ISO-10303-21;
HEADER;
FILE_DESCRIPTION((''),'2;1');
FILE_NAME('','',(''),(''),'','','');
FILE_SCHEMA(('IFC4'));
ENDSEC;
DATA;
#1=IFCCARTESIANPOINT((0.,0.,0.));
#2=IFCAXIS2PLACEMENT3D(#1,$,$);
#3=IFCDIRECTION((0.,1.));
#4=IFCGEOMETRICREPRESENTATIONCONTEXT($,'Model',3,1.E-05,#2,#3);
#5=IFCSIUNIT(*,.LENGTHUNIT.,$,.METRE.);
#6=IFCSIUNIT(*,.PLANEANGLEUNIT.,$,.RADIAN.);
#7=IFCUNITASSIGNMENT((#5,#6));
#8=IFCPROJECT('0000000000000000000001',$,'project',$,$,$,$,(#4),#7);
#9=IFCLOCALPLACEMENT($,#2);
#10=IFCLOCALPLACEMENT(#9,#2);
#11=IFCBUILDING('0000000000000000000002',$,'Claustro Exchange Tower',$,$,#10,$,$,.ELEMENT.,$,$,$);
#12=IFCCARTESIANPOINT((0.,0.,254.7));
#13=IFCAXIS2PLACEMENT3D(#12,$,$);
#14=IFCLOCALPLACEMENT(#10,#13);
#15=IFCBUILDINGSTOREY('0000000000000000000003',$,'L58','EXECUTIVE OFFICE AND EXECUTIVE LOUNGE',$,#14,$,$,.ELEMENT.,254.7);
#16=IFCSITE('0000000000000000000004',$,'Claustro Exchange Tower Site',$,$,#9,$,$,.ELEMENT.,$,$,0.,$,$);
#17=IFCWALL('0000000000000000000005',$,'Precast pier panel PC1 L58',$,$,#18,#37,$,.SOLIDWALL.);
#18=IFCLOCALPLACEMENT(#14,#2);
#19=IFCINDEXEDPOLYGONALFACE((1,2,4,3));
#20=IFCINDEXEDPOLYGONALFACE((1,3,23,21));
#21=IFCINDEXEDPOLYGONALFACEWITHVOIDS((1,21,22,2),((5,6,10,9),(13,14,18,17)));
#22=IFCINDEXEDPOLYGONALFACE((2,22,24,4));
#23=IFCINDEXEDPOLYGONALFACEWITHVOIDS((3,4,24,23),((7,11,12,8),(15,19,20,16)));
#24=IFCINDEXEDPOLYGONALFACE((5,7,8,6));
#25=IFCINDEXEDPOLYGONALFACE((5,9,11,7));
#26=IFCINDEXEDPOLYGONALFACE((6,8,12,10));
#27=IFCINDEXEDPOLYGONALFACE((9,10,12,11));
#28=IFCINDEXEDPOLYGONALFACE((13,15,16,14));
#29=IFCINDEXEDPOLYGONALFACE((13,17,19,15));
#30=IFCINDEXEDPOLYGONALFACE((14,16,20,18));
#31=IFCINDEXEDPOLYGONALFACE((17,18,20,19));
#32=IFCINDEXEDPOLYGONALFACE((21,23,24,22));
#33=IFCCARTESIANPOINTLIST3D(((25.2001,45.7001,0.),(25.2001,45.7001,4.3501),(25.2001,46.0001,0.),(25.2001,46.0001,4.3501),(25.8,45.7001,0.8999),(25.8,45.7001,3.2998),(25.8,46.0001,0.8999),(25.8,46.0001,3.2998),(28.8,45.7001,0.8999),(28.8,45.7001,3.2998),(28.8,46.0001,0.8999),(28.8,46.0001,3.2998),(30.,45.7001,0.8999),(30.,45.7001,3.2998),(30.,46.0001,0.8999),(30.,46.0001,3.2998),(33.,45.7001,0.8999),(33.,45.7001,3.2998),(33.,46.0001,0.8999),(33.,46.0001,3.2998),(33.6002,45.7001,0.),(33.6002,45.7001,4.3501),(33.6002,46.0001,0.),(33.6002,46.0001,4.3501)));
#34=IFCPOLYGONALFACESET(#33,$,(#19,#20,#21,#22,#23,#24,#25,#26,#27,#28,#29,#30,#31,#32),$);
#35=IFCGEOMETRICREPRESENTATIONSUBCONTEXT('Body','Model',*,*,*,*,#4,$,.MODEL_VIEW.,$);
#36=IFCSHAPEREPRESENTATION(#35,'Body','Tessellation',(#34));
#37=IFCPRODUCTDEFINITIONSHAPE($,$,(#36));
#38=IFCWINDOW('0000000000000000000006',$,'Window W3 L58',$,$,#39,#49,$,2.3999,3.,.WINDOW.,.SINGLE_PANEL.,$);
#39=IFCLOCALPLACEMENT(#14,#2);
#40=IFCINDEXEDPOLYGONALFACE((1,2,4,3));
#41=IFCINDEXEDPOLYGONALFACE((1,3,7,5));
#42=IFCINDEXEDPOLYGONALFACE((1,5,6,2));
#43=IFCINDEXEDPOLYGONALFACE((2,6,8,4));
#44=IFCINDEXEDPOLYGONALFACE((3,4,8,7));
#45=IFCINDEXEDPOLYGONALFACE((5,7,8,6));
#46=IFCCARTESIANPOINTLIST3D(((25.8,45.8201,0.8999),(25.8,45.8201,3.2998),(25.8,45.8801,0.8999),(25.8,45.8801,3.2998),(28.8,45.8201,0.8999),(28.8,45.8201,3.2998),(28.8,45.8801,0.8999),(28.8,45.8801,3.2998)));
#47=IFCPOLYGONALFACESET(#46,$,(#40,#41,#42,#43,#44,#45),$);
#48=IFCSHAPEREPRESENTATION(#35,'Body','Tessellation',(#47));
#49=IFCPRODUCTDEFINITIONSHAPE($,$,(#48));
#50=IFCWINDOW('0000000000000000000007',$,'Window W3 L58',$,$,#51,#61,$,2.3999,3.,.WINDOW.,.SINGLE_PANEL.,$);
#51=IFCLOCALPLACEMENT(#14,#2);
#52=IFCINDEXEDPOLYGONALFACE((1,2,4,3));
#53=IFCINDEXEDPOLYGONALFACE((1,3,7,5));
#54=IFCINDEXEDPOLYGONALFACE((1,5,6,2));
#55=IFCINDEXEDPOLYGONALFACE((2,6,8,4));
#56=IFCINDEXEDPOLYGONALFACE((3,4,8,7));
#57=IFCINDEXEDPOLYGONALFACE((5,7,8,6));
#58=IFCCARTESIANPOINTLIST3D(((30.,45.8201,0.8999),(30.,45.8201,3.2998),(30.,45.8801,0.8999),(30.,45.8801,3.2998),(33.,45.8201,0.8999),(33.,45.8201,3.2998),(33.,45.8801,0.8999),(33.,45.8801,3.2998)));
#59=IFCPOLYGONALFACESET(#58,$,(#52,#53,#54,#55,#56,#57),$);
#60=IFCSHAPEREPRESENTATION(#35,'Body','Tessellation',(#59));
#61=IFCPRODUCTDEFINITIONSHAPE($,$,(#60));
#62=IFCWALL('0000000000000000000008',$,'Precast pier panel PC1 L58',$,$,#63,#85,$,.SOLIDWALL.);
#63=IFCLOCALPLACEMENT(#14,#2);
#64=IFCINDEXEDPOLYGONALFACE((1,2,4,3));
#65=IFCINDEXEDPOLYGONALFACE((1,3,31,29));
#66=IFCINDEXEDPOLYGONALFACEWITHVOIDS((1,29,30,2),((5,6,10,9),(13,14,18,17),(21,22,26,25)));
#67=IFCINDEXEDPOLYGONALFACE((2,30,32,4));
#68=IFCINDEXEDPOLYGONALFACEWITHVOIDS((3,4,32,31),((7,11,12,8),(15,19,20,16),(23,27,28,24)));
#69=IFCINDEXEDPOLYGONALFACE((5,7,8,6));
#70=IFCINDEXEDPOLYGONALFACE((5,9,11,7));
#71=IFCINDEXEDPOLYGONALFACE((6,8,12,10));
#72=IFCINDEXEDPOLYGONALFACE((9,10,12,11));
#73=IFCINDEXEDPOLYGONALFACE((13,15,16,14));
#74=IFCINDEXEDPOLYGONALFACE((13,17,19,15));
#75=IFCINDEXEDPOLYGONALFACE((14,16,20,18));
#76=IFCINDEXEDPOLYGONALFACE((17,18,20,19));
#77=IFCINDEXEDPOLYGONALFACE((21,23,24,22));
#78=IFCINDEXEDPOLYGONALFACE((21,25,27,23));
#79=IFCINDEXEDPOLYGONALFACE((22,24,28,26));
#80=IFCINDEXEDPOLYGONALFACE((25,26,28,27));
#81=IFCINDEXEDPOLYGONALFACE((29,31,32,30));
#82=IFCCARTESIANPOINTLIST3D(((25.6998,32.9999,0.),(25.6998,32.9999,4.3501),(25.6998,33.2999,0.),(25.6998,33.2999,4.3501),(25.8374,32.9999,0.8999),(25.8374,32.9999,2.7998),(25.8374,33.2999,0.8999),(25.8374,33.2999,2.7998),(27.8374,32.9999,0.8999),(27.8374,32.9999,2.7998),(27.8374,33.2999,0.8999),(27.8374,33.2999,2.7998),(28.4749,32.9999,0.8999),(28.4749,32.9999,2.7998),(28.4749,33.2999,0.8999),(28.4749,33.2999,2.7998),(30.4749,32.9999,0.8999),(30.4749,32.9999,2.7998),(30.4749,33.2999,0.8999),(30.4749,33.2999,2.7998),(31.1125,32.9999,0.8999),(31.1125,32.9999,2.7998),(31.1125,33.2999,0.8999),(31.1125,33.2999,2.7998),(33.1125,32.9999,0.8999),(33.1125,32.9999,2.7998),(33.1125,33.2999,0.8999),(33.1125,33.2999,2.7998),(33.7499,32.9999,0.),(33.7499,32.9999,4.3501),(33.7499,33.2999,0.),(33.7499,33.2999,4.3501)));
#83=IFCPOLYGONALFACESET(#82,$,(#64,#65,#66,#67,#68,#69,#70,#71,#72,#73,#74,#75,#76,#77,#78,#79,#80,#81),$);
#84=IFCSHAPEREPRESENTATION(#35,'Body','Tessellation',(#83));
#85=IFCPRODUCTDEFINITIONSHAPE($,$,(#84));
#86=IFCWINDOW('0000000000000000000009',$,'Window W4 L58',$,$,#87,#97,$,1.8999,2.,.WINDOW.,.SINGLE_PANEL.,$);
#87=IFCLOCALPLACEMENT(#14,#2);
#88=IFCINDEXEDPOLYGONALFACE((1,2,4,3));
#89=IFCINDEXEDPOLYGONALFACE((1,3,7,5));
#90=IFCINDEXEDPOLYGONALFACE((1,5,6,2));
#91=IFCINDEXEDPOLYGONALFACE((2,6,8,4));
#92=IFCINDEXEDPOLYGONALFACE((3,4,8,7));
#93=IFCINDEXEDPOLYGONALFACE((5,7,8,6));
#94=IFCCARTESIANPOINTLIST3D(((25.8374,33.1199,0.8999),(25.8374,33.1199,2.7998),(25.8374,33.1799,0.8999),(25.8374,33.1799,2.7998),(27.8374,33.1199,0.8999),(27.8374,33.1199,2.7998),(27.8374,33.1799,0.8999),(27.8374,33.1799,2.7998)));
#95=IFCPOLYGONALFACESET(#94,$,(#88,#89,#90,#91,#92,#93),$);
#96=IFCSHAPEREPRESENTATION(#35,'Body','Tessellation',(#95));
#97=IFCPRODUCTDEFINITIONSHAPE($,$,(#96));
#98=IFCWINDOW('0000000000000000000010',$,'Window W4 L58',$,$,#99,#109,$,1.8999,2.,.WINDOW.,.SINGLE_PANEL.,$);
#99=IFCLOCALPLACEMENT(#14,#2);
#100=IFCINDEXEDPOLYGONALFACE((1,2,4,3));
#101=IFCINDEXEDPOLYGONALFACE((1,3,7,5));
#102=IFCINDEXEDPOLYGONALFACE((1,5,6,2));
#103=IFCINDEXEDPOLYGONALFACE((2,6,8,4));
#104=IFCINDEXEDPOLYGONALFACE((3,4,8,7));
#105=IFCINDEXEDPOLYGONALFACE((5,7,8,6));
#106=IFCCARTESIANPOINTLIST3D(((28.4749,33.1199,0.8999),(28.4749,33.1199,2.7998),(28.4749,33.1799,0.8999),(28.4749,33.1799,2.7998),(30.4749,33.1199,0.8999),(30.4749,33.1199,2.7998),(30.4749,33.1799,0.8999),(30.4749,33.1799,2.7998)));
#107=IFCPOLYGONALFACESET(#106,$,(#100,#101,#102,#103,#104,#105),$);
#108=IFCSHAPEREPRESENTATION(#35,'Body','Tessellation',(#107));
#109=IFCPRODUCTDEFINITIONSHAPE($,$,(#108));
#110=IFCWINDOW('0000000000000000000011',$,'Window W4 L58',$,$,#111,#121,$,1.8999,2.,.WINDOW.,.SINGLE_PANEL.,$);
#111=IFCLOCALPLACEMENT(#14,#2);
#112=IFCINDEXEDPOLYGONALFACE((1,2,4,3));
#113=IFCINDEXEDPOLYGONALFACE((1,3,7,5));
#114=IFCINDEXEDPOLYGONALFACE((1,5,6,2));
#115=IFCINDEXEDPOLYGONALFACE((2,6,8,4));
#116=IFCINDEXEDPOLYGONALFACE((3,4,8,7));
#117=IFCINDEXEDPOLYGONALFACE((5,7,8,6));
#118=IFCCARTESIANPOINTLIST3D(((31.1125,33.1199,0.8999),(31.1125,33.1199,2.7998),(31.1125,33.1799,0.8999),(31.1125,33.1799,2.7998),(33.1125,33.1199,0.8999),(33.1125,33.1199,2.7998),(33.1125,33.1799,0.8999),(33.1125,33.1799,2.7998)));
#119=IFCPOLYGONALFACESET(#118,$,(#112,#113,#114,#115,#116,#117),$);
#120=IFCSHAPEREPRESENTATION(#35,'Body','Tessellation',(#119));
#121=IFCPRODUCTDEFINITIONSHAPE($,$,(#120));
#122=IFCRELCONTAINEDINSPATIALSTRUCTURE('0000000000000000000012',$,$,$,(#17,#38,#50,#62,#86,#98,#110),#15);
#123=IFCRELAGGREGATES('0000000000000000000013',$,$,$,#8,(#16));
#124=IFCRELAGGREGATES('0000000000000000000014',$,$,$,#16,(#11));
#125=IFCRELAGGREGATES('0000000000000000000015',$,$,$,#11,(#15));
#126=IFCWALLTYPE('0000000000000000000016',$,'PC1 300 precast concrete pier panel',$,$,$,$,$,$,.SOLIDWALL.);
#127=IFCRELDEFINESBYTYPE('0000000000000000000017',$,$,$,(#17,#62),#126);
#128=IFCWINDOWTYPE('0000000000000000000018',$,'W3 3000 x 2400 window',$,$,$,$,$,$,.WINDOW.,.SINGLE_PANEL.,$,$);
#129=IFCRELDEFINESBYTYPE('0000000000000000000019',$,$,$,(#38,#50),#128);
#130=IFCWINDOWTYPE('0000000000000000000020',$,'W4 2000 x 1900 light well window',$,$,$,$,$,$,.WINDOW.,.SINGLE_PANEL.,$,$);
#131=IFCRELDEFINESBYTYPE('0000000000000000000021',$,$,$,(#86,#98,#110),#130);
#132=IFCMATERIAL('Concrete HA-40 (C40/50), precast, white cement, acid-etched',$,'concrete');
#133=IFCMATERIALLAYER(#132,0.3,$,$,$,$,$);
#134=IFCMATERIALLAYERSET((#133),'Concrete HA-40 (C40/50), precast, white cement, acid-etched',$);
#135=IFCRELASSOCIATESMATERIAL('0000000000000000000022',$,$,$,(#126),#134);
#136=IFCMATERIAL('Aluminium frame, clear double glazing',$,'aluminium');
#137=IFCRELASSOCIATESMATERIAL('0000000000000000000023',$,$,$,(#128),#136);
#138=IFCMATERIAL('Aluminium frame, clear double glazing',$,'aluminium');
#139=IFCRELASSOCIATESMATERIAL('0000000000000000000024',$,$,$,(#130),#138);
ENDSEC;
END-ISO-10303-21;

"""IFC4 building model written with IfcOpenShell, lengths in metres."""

from ifc_helpers import new_model, si_unit, direction, frame, frame_2d, origin, place, context, subcontext, project, spatial, rectangle, extrude, material, layer, layer_set, type_object, element, fill, save


model = new_model("IFC4")

# Units and contexts
model_context = context("Model", 3, precision=1e-05, world=origin(), true_north=direction((0.0, 1.0)))
body_context = subcontext(model_context, "Body", "Model", "MODEL_VIEW")
ifc_project = project(units=[si_unit("LENGTHUNIT", "METRE"), si_unit("PLANEANGLEUNIT", "RADIAN")], contexts=[model_context])

# Site, building, storey
site_placement = place(None, origin())
site = spatial("IfcSite", under=ifc_project, at=site_placement, Name="Claustro Exchange Tower Site", CompositionType="ELEMENT", RefElevation=0.0)
building_placement = place(site_placement, origin())
building = spatial("IfcBuilding", under=site, at=building_placement, Name="Claustro Exchange Tower", CompositionType="ELEMENT")
storey_placement = place(building_placement, frame((0.0, 0.0, 254.7)))
storey = spatial("IfcBuildingStorey", under=building, at=storey_placement, Name="L58", Description="EXECUTIVE OFFICE AND EXECUTIVE LOUNGE", CompositionType="ELEMENT", Elevation=254.7)

# Walls, openings, windows
ifc_material_1 = material(Name="Concrete HA-40 (C40/50), precast, white cement, acid-etched", Category="concrete")
ifc_layer_1 = layer(ifc_material_1, 0.3)
ifc_layer_set_1 = layer_set([ifc_layer_1], Name="Concrete HA-40 (C40/50), precast, white cement, acid-etched")
wall_type_1 = type_object("IfcWallType", Name="PC1 300 precast concrete pier panel", PredefinedType="SOLIDWALL", material=ifc_layer_set_1)
wall_1_placement = place(storey_placement, frame((25.2, 45.8501, 0.0), z_axis=(0.0, 0.0, 1.0), x_axis=(1.0, 0.0, 0.0)))
wall_1 = element("IfcWall", 1, at=wall_1_placement, inside=storey, type_object=wall_type_1, Name="Precast pier panel PC1 L58", PredefinedType="SOLIDWALL", context=body_context, shape_type="SweptSolid", body=[
    extrude(rectangle(XDim=8.4001, YDim=0.3, at=frame_2d((4.2002, 0.0))), origin(), (0.0, 0.0, 1.0), 4.3501),
])
opening_1_placement = place(wall_1_placement, frame((0.6001, 0.0, 0.8999)))
opening_1 = element("IfcOpeningElement", 2, at=opening_1_placement, cuts=wall_1, PredefinedType="OPENING", context=body_context, shape_type="SweptSolid", body=[
    extrude(rectangle(XDim=3.0, YDim=2.3999, at=frame_2d((1.5, 1.2))), frame((0.0, 0.1599, 0.0), z_axis=(0.0, -1.0, 0.0), x_axis=(1.0, 0.0, 0.0)), (0.0, 0.0, 1.0), 0.3201),
])
opening_2_placement = place(wall_1_placement, frame((4.8, 0.0, 0.8999)))
opening_2 = element("IfcOpeningElement", 3, at=opening_2_placement, cuts=wall_1, PredefinedType="OPENING", context=body_context, shape_type="SweptSolid", body=[
    extrude(rectangle(XDim=3.0, YDim=2.3999, at=frame_2d((1.5, 1.2))), frame((0.0, 0.1599, 0.0), z_axis=(0.0, -1.0, 0.0), x_axis=(1.0, 0.0, 0.0)), (0.0, 0.0, 1.0), 0.3201),
])
ifc_material_2 = material(Name="Aluminium frame, clear double glazing", Category="aluminium")
window_type_1 = type_object("IfcWindowType", Name="W3 3000 x 2400 window", PartitioningType="SINGLE_PANEL", PredefinedType="WINDOW", material=ifc_material_2)
window_1_placement = place(opening_1_placement, origin())
window_1 = element("IfcWindow", 4, at=window_1_placement, inside=storey, type_object=window_type_1, Name="Window W3 L58", OverallHeight=2.3999, OverallWidth=3.0, PartitioningType="SINGLE_PANEL", PredefinedType="WINDOW", context=body_context, shape_type="SweptSolid", body=[
    extrude(rectangle(XDim=3.0, YDim=2.3999, at=frame_2d((1.5, 1.2))), frame((0.0, 0.03, 0.0), z_axis=(0.0, -1.0, 0.0), x_axis=(1.0, 0.0, 0.0)), (0.0, 0.0, 1.0), 0.0601),
])
fill(opening_1, window_1)
window_2_placement = place(opening_2_placement, origin())
window_2 = element("IfcWindow", 5, at=window_2_placement, inside=storey, type_object=window_type_1, Name="Window W3 L58", OverallHeight=2.3999, OverallWidth=3.0, PartitioningType="SINGLE_PANEL", PredefinedType="WINDOW", context=body_context, shape_type="SweptSolid", body=[
    extrude(rectangle(XDim=3.0, YDim=2.3999, at=frame_2d((1.5, 1.2))), frame((0.0, 0.03, 0.0), z_axis=(0.0, -1.0, 0.0), x_axis=(1.0, 0.0, 0.0)), (0.0, 0.0, 1.0), 0.0601),
])
fill(opening_2, window_2)
wall_2_placement = place(storey_placement, frame((25.7, 33.1499, 0.0), z_axis=(0.0, 0.0, 1.0), x_axis=(1.0, 0.0, 0.0)))
wall_2 = element("IfcWall", 6, at=wall_2_placement, inside=storey, type_object=wall_type_1, Name="Precast pier panel PC1 L58", PredefinedType="SOLIDWALL", context=body_context, shape_type="SweptSolid", body=[
    extrude(rectangle(XDim=8.05, YDim=0.3, at=frame_2d((4.0249, 0.0))), origin(), (0.0, 0.0, 1.0), 4.3501),
])
opening_3_placement = place(wall_2_placement, frame((0.1375, 0.0, 0.8999)))
opening_3 = element("IfcOpeningElement", 7, at=opening_3_placement, cuts=wall_2, PredefinedType="OPENING", context=body_context, shape_type="SweptSolid", body=[
    extrude(rectangle(XDim=2.0, YDim=1.8999, at=frame_2d((1.0, 0.95))), frame((0.0, 0.1599, 0.0), z_axis=(0.0, -1.0, 0.0), x_axis=(1.0, 0.0, 0.0)), (0.0, 0.0, 1.0), 0.3201),
])
opening_4_placement = place(wall_2_placement, frame((2.7749, 0.0, 0.8999)))
opening_4 = element("IfcOpeningElement", 8, at=opening_4_placement, cuts=wall_2, PredefinedType="OPENING", context=body_context, shape_type="SweptSolid", body=[
    extrude(rectangle(XDim=2.0, YDim=1.8999, at=frame_2d((1.0, 0.95))), frame((0.0, 0.1599, 0.0), z_axis=(0.0, -1.0, 0.0), x_axis=(1.0, 0.0, 0.0)), (0.0, 0.0, 1.0), 0.3201),
])
opening_5_placement = place(wall_2_placement, frame((5.4126, 0.0, 0.8999)))
opening_5 = element("IfcOpeningElement", 9, at=opening_5_placement, cuts=wall_2, PredefinedType="OPENING", context=body_context, shape_type="SweptSolid", body=[
    extrude(rectangle(XDim=2.0, YDim=1.8999, at=frame_2d((1.0, 0.95))), frame((0.0, 0.1599, 0.0), z_axis=(0.0, -1.0, 0.0), x_axis=(1.0, 0.0, 0.0)), (0.0, 0.0, 1.0), 0.3201),
])
ifc_material_3 = material(Name="Aluminium frame, clear double glazing", Category="aluminium")
window_type_2 = type_object("IfcWindowType", Name="W4 2000 x 1900 light well window", PartitioningType="SINGLE_PANEL", PredefinedType="WINDOW", material=ifc_material_3)
window_3_placement = place(opening_3_placement, origin())
window_3 = element("IfcWindow", 10, at=window_3_placement, inside=storey, type_object=window_type_2, Name="Window W4 L58", OverallHeight=1.8999, OverallWidth=2.0, PartitioningType="SINGLE_PANEL", PredefinedType="WINDOW", context=body_context, shape_type="SweptSolid", body=[
    extrude(rectangle(XDim=2.0, YDim=1.8999, at=frame_2d((1.0, 0.95))), frame((0.0, 0.03, 0.0), z_axis=(0.0, -1.0, 0.0), x_axis=(1.0, 0.0, 0.0)), (0.0, 0.0, 1.0), 0.0601),
])
fill(opening_3, window_3)
window_4_placement = place(opening_4_placement, origin())
window_4 = element("IfcWindow", 11, at=window_4_placement, inside=storey, type_object=window_type_2, Name="Window W4 L58", OverallHeight=1.8999, OverallWidth=2.0, PartitioningType="SINGLE_PANEL", PredefinedType="WINDOW", context=body_context, shape_type="SweptSolid", body=[
    extrude(rectangle(XDim=2.0, YDim=1.8999, at=frame_2d((1.0, 0.95))), frame((0.0, 0.03, 0.0), z_axis=(0.0, -1.0, 0.0), x_axis=(1.0, 0.0, 0.0)), (0.0, 0.0, 1.0), 0.0601),
])
fill(opening_4, window_4)
window_5_placement = place(opening_5_placement, origin())
window_5 = element("IfcWindow", 12, at=window_5_placement, inside=storey, type_object=window_type_2, Name="Window W4 L58", OverallHeight=1.8999, OverallWidth=2.0, PartitioningType="SINGLE_PANEL", PredefinedType="WINDOW", context=body_context, shape_type="SweptSolid", body=[
    extrude(rectangle(XDim=2.0, YDim=1.8999, at=frame_2d((1.0, 0.95))), frame((0.0, 0.03, 0.0), z_axis=(0.0, -1.0, 0.0), x_axis=(1.0, 0.0, 0.0)), (0.0, 0.0, 1.0), 0.0601),
])
fill(opening_5, window_5)

save(model, "model.ifc")
